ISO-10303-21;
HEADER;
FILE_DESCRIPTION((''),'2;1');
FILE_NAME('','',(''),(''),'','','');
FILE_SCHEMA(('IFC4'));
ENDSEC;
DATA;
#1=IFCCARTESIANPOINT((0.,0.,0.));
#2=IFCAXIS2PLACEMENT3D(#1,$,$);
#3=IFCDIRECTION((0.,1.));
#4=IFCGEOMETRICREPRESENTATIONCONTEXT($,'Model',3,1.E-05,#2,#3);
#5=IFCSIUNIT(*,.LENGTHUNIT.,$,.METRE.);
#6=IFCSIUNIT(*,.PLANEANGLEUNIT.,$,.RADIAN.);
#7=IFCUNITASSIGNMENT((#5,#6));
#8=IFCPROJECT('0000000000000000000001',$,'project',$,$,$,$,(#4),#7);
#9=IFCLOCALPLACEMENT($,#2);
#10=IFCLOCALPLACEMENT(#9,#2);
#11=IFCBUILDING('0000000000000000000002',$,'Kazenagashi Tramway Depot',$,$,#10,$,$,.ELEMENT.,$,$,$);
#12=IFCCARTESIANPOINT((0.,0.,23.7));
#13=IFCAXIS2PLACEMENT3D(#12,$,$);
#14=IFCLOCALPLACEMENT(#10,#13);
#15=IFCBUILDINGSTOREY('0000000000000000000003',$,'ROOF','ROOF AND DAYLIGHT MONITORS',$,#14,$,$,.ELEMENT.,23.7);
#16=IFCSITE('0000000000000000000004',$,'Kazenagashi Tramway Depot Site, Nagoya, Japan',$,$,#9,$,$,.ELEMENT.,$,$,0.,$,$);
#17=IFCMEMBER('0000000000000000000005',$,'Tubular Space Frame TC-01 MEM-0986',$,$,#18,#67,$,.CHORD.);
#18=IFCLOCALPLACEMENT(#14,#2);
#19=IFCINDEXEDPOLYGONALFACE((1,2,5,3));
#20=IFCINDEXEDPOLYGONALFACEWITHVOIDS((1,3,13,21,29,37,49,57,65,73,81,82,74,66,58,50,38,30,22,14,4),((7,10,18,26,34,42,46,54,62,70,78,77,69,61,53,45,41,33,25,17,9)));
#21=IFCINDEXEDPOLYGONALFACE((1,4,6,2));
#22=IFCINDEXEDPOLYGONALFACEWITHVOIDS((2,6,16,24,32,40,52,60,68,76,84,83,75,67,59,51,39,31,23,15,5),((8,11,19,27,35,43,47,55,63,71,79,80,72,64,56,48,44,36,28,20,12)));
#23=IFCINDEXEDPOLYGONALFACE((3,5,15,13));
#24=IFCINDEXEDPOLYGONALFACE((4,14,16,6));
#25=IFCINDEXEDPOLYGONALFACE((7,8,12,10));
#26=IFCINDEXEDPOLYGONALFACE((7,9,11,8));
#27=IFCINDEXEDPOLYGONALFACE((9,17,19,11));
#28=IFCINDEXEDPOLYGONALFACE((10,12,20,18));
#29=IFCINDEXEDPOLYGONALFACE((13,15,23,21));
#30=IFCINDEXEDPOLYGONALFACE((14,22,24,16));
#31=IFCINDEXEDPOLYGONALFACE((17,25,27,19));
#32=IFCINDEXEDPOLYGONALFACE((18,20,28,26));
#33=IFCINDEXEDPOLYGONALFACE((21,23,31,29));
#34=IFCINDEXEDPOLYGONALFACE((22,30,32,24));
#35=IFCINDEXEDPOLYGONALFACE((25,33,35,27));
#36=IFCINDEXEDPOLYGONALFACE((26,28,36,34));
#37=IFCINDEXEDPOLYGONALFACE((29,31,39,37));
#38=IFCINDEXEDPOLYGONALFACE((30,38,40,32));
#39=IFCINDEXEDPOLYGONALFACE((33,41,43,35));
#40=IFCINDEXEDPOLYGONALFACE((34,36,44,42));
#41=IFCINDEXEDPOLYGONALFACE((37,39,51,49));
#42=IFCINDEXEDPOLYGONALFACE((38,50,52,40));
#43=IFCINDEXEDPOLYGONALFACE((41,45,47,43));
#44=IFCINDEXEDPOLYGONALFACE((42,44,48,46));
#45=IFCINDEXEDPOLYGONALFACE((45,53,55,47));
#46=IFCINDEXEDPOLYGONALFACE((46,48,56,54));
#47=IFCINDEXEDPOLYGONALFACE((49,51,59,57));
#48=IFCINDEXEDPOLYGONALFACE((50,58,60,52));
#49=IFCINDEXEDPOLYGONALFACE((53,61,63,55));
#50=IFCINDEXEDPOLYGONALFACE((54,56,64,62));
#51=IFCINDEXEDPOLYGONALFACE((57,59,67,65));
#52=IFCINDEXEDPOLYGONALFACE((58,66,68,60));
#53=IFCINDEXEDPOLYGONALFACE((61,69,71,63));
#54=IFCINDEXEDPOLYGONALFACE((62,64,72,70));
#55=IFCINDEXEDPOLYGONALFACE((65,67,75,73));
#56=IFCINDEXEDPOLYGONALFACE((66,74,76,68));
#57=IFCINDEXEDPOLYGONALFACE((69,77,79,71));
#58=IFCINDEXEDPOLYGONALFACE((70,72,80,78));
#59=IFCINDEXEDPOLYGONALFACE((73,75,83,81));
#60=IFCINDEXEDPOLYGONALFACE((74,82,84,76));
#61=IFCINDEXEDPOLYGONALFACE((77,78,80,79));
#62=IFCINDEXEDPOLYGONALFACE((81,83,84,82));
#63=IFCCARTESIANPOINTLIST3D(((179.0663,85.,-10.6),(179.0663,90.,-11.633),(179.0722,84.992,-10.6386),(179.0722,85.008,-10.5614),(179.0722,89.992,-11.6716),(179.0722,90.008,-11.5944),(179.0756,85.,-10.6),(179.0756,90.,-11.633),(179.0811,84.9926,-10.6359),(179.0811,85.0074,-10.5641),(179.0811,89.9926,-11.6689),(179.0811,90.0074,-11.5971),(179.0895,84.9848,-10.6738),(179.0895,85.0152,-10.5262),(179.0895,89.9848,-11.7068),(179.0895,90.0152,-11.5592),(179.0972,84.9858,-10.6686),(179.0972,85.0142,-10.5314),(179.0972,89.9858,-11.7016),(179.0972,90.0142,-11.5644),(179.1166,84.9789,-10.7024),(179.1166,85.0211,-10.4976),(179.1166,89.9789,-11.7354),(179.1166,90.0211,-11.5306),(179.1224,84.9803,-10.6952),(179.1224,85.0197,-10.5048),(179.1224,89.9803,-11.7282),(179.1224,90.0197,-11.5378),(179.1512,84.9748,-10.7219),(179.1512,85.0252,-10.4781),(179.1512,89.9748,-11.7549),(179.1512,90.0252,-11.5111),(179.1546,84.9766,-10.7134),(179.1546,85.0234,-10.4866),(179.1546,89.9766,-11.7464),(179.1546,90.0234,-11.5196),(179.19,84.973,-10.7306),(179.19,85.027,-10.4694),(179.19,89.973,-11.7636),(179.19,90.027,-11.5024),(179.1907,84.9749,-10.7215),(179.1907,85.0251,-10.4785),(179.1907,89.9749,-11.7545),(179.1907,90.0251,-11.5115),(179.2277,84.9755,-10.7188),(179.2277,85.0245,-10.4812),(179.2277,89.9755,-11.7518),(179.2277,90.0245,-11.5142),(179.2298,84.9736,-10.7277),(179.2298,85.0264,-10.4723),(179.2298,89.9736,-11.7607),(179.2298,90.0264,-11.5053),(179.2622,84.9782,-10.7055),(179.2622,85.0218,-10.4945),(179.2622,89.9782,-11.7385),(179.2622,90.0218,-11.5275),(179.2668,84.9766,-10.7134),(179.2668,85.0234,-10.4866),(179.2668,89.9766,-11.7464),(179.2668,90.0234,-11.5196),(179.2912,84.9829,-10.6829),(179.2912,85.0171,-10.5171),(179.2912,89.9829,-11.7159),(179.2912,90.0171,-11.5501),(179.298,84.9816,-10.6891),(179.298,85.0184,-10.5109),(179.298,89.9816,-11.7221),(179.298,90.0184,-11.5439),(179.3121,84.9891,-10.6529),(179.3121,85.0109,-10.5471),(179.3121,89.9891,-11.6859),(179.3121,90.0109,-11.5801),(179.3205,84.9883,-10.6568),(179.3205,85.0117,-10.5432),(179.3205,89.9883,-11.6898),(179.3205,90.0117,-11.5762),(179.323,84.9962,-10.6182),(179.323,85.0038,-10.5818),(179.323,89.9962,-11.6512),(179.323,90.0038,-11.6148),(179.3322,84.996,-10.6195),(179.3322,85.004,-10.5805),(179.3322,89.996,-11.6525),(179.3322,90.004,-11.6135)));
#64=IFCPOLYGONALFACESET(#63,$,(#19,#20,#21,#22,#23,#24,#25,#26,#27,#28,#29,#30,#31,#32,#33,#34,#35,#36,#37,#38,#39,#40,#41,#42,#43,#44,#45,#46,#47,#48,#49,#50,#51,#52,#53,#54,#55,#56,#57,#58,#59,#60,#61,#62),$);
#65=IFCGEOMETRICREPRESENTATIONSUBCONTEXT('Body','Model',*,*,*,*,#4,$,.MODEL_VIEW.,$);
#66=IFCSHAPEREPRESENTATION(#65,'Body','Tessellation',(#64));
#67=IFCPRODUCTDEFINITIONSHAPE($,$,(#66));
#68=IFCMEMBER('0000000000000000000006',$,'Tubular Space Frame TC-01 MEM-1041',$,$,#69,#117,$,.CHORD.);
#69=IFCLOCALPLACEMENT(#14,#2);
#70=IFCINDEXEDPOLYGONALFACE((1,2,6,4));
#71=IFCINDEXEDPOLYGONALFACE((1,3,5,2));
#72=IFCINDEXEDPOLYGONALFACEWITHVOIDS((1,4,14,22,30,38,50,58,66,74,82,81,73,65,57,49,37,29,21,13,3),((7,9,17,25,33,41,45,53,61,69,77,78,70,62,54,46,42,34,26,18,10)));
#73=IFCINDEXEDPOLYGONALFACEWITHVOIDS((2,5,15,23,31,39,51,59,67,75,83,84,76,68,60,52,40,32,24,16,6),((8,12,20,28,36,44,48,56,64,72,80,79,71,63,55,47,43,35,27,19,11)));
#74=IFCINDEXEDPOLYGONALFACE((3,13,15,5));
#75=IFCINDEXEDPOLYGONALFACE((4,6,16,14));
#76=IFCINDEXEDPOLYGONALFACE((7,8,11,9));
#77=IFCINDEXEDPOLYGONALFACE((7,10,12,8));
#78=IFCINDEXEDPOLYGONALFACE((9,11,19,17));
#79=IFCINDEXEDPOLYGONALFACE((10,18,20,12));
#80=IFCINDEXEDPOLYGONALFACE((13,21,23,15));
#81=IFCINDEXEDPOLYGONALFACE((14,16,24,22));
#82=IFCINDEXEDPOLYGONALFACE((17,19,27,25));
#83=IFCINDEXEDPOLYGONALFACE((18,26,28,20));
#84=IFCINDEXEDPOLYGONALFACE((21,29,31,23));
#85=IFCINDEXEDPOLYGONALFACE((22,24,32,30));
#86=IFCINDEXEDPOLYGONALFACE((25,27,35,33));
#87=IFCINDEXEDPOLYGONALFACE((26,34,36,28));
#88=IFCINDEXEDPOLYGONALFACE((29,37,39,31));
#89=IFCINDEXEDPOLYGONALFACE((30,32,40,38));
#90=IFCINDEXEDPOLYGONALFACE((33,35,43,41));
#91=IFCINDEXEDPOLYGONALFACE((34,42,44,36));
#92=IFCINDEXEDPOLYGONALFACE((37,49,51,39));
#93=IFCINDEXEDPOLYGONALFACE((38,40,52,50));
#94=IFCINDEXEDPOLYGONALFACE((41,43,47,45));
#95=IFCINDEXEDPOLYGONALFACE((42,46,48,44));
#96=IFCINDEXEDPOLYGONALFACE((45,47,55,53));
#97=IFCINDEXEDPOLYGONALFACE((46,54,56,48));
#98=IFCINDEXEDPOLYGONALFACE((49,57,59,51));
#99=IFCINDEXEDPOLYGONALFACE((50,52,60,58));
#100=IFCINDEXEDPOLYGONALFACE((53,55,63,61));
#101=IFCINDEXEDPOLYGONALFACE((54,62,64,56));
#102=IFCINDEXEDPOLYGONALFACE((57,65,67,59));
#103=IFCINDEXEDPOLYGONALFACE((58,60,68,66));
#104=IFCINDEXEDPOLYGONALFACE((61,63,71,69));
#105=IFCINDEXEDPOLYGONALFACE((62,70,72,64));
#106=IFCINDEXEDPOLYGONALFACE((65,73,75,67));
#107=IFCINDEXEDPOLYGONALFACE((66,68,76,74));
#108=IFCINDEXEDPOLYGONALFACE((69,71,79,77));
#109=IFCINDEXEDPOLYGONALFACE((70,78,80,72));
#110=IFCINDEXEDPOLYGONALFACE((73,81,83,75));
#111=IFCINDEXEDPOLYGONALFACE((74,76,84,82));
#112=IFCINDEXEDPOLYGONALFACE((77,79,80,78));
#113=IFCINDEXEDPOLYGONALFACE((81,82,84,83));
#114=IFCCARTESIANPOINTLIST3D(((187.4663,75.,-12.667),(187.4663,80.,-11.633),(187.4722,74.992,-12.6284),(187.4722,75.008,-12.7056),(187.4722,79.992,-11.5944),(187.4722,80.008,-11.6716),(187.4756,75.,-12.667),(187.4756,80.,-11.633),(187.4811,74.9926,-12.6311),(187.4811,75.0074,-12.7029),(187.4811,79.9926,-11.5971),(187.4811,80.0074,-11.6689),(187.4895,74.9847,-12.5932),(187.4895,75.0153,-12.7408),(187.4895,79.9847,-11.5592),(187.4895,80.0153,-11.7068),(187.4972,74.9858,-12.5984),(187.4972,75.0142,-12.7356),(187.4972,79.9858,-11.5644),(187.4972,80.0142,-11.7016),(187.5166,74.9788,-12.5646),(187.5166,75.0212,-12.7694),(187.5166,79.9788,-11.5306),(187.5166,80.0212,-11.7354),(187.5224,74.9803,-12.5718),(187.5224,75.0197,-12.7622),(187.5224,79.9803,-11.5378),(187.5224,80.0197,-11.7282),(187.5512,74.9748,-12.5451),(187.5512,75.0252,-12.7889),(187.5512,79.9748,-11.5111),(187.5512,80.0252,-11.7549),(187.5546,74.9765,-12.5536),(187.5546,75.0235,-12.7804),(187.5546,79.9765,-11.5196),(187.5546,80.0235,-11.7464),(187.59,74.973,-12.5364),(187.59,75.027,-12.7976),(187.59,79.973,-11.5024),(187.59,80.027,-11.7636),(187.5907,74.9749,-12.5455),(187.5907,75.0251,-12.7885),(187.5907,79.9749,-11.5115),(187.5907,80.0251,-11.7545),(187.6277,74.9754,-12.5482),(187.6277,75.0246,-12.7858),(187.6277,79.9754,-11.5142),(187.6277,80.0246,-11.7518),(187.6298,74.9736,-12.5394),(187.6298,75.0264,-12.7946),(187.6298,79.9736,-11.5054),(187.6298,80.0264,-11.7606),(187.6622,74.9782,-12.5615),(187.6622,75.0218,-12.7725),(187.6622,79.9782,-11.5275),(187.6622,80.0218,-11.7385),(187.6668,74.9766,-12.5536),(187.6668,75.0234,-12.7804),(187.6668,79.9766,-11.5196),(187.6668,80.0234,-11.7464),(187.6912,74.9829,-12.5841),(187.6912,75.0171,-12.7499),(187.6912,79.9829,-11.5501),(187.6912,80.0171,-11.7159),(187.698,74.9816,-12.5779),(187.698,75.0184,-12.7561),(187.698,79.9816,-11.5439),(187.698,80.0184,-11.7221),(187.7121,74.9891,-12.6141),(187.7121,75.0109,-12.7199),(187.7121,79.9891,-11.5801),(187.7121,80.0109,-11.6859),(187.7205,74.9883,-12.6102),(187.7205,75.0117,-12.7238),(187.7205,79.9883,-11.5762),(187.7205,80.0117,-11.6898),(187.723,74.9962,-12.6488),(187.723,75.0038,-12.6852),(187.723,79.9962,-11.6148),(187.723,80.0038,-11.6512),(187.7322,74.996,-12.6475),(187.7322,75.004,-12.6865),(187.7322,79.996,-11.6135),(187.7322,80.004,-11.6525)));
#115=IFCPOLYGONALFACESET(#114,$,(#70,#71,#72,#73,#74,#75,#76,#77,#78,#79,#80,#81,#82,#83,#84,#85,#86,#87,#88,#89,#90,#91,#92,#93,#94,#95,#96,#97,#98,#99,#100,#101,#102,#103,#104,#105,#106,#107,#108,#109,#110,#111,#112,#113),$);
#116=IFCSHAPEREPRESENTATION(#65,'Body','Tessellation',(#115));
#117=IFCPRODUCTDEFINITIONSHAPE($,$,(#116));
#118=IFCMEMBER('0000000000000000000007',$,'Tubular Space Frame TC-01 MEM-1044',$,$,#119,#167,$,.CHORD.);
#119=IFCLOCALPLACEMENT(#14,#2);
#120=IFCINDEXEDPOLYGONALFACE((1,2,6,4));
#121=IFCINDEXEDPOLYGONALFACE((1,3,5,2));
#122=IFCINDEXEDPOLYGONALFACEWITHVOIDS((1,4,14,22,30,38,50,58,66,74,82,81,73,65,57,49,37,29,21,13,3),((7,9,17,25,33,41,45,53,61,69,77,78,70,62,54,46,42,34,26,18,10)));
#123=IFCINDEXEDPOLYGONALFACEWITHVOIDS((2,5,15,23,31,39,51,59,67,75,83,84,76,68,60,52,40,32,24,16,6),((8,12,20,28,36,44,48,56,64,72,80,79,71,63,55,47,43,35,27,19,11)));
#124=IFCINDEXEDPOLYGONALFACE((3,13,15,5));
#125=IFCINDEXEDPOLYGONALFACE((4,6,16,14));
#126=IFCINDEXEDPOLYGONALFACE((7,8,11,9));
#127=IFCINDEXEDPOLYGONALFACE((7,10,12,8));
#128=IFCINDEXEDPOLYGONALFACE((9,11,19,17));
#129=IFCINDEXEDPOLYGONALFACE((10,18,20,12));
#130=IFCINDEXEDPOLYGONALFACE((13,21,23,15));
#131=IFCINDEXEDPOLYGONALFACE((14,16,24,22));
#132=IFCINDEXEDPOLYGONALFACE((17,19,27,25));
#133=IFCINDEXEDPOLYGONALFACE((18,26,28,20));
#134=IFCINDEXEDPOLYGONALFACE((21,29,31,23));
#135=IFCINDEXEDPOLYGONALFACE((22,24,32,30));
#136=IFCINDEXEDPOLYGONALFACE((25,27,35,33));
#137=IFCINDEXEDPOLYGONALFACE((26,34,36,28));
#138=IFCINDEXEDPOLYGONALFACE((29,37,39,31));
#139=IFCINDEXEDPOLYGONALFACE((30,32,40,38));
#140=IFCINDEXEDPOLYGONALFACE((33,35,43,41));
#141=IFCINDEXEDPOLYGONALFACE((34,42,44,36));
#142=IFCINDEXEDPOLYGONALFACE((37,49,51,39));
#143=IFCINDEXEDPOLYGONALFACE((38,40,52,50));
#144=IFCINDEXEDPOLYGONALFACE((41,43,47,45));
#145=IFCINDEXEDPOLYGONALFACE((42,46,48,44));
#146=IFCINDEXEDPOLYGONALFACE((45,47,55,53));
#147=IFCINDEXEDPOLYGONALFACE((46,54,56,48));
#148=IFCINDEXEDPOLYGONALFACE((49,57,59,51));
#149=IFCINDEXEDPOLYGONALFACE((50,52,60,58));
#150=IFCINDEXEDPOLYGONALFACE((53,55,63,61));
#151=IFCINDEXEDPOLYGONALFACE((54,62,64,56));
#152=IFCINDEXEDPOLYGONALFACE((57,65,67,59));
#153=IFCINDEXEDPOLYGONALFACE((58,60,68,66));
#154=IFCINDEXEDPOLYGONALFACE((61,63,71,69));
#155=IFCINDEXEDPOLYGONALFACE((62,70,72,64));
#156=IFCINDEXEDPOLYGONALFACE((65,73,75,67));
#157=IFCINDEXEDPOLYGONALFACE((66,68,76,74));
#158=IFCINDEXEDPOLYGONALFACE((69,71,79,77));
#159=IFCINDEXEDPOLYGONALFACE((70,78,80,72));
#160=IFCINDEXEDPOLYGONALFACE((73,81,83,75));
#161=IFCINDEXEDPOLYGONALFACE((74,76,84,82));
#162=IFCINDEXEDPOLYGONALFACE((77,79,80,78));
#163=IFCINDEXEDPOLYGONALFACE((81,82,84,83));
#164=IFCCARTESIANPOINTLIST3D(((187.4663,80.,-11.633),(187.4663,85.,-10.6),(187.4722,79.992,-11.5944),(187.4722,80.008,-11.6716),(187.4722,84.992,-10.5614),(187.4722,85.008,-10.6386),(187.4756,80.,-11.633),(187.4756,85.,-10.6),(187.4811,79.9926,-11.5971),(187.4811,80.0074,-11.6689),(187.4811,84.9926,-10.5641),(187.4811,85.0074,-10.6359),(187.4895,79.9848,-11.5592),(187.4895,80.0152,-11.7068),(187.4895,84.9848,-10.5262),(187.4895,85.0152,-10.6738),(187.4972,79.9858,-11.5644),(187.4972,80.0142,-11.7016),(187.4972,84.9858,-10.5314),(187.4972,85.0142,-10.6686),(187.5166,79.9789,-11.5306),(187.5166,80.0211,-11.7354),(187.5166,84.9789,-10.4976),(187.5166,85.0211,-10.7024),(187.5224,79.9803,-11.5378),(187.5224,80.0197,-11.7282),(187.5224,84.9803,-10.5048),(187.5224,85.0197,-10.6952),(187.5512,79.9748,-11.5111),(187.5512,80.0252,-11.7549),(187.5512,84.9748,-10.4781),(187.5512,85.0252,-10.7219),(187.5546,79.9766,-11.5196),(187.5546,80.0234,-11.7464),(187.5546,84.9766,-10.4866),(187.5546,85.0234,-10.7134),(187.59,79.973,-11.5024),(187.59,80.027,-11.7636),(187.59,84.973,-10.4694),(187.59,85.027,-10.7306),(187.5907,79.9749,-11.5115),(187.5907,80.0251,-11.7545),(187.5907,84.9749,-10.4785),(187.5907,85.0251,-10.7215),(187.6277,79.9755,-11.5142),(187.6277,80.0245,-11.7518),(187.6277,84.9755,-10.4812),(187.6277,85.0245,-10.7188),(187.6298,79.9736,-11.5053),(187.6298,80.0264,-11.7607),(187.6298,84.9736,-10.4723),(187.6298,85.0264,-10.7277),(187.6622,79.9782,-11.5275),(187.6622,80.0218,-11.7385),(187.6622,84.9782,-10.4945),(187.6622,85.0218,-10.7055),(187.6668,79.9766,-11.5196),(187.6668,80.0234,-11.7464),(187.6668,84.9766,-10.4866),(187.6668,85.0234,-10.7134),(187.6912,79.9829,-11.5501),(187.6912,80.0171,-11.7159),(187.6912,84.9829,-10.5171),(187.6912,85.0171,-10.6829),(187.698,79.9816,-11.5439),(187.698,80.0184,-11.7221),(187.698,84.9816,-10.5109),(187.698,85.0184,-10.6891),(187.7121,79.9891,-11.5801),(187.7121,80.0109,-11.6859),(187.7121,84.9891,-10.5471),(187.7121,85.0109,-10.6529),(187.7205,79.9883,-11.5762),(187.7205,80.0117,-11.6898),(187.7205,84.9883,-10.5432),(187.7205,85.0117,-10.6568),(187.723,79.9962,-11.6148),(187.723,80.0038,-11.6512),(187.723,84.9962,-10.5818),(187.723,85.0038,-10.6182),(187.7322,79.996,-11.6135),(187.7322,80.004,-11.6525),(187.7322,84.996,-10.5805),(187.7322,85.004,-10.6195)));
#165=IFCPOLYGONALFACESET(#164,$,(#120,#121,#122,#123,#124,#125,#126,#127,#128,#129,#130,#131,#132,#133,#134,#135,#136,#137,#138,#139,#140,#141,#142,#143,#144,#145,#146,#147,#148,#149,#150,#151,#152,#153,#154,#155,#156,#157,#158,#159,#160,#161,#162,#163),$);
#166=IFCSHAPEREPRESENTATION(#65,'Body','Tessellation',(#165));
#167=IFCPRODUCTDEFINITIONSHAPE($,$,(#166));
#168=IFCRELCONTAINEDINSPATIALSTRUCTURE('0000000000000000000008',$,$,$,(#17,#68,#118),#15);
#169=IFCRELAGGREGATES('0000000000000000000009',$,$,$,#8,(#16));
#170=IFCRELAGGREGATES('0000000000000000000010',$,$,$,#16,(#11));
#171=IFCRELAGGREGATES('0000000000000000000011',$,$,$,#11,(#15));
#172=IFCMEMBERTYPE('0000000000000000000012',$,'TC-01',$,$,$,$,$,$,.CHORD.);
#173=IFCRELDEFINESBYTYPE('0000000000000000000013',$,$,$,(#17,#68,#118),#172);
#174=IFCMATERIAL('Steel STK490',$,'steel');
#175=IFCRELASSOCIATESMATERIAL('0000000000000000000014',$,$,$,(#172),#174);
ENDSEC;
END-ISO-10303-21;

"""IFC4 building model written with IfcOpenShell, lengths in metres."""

from ifc_helpers import new_model, si_unit, direction, frame, origin, origin_2d, place, context, subcontext, project, spatial, hollow_circle, extrude, material, material_profile, profile_set, type_object, element, save


model = new_model("IFC4")

# Units and contexts
model_context = context("Model", 3, precision=1e-05, world=origin(), true_north=direction((0.0, 1.0)))
body_context = subcontext(model_context, "Body", "Model", "MODEL_VIEW")
ifc_project = project(units=[si_unit("LENGTHUNIT", "METRE"), si_unit("PLANEANGLEUNIT", "RADIAN")], contexts=[model_context])

# Site, building, storey
site_placement = place(None, origin())
site = spatial("IfcSite", under=ifc_project, at=site_placement, Name="Kazenagashi Tramway Depot Site, Nagoya, Japan", CompositionType="ELEMENT", RefElevation=0.0)
building_placement = place(site_placement, origin())
building = spatial("IfcBuilding", under=site, at=building_placement, Name="Kazenagashi Tramway Depot", CompositionType="ELEMENT")
storey_placement = place(building_placement, frame((0.0, 0.0, 23.7)))
storey = spatial("IfcBuildingStorey", under=building, at=storey_placement, Name="ROOF", Description="ROOF AND DAYLIGHT MONITORS", CompositionType="ELEMENT", Elevation=23.7)

# Members
ifc_material_1 = material(Name="Steel STK490", Category="steel")
ifc_material_profile_1 = material_profile(ifc_material_1, hollow_circle(Radius=0.1337, WallThickness=0.0093, at=origin_2d()), Name="CHS-267.4x9.3")
ifc_profile_set_1 = profile_set([ifc_material_profile_1], Name="Steel STK490")
member_type_1 = type_object("IfcMemberType", Name="TC-01", PredefinedType="CHORD", material=ifc_profile_set_1)
for number, where, z_axis, x_axis, name in (
    (1, (179.2, 85.0, -10.6), (0.0, 0.979318, -0.202327), (-1.0, 0.0, 0.0), "Tubular Space Frame TC-01 MEM-0986"),
):
    element("IfcMember", number, at=place(storey_placement, frame(where, z_axis=z_axis, x_axis=x_axis)), inside=storey, type_object=member_type_1, Name=name, PredefinedType="CHORD", context=body_context, shape_type="SweptSolid", body=[
        extrude(hollow_circle(Radius=0.1337, WallThickness=0.0093, at=origin_2d()), origin(), (0.0, 0.0, 1.0), 5.1056),
    ])
member_1_placement = place(storey_placement, frame((187.6, 75.0, -12.667), z_axis=(0.0, 0.979279, 0.202515), x_axis=(-1.0, 0.0, 0.0)))
element("IfcMember", 2, at=member_1_placement, inside=storey, type_object=member_type_1, Name="Tubular Space Frame TC-01 MEM-1041", PredefinedType="CHORD", context=body_context, shape_type="SweptSolid", body=[
    extrude(hollow_circle(Radius=0.1337, WallThickness=0.0093, at=origin_2d()), origin(), (0.0, 0.0, 1.0), 5.1058),
])
member_2_placement = place(storey_placement, frame((187.6, 80.0, -11.633), z_axis=(0.0, 0.979318, 0.202327), x_axis=(-1.0, 0.0, 0.0)))
element("IfcMember", 3, at=member_2_placement, inside=storey, type_object=member_type_1, Name="Tubular Space Frame TC-01 MEM-1044", PredefinedType="CHORD", context=body_context, shape_type="SweptSolid", body=[
    extrude(hollow_circle(Radius=0.1337, WallThickness=0.0093, at=origin_2d()), origin(), (0.0, 0.0, 1.0), 5.1056),
])

save(model, "model.ifc")
